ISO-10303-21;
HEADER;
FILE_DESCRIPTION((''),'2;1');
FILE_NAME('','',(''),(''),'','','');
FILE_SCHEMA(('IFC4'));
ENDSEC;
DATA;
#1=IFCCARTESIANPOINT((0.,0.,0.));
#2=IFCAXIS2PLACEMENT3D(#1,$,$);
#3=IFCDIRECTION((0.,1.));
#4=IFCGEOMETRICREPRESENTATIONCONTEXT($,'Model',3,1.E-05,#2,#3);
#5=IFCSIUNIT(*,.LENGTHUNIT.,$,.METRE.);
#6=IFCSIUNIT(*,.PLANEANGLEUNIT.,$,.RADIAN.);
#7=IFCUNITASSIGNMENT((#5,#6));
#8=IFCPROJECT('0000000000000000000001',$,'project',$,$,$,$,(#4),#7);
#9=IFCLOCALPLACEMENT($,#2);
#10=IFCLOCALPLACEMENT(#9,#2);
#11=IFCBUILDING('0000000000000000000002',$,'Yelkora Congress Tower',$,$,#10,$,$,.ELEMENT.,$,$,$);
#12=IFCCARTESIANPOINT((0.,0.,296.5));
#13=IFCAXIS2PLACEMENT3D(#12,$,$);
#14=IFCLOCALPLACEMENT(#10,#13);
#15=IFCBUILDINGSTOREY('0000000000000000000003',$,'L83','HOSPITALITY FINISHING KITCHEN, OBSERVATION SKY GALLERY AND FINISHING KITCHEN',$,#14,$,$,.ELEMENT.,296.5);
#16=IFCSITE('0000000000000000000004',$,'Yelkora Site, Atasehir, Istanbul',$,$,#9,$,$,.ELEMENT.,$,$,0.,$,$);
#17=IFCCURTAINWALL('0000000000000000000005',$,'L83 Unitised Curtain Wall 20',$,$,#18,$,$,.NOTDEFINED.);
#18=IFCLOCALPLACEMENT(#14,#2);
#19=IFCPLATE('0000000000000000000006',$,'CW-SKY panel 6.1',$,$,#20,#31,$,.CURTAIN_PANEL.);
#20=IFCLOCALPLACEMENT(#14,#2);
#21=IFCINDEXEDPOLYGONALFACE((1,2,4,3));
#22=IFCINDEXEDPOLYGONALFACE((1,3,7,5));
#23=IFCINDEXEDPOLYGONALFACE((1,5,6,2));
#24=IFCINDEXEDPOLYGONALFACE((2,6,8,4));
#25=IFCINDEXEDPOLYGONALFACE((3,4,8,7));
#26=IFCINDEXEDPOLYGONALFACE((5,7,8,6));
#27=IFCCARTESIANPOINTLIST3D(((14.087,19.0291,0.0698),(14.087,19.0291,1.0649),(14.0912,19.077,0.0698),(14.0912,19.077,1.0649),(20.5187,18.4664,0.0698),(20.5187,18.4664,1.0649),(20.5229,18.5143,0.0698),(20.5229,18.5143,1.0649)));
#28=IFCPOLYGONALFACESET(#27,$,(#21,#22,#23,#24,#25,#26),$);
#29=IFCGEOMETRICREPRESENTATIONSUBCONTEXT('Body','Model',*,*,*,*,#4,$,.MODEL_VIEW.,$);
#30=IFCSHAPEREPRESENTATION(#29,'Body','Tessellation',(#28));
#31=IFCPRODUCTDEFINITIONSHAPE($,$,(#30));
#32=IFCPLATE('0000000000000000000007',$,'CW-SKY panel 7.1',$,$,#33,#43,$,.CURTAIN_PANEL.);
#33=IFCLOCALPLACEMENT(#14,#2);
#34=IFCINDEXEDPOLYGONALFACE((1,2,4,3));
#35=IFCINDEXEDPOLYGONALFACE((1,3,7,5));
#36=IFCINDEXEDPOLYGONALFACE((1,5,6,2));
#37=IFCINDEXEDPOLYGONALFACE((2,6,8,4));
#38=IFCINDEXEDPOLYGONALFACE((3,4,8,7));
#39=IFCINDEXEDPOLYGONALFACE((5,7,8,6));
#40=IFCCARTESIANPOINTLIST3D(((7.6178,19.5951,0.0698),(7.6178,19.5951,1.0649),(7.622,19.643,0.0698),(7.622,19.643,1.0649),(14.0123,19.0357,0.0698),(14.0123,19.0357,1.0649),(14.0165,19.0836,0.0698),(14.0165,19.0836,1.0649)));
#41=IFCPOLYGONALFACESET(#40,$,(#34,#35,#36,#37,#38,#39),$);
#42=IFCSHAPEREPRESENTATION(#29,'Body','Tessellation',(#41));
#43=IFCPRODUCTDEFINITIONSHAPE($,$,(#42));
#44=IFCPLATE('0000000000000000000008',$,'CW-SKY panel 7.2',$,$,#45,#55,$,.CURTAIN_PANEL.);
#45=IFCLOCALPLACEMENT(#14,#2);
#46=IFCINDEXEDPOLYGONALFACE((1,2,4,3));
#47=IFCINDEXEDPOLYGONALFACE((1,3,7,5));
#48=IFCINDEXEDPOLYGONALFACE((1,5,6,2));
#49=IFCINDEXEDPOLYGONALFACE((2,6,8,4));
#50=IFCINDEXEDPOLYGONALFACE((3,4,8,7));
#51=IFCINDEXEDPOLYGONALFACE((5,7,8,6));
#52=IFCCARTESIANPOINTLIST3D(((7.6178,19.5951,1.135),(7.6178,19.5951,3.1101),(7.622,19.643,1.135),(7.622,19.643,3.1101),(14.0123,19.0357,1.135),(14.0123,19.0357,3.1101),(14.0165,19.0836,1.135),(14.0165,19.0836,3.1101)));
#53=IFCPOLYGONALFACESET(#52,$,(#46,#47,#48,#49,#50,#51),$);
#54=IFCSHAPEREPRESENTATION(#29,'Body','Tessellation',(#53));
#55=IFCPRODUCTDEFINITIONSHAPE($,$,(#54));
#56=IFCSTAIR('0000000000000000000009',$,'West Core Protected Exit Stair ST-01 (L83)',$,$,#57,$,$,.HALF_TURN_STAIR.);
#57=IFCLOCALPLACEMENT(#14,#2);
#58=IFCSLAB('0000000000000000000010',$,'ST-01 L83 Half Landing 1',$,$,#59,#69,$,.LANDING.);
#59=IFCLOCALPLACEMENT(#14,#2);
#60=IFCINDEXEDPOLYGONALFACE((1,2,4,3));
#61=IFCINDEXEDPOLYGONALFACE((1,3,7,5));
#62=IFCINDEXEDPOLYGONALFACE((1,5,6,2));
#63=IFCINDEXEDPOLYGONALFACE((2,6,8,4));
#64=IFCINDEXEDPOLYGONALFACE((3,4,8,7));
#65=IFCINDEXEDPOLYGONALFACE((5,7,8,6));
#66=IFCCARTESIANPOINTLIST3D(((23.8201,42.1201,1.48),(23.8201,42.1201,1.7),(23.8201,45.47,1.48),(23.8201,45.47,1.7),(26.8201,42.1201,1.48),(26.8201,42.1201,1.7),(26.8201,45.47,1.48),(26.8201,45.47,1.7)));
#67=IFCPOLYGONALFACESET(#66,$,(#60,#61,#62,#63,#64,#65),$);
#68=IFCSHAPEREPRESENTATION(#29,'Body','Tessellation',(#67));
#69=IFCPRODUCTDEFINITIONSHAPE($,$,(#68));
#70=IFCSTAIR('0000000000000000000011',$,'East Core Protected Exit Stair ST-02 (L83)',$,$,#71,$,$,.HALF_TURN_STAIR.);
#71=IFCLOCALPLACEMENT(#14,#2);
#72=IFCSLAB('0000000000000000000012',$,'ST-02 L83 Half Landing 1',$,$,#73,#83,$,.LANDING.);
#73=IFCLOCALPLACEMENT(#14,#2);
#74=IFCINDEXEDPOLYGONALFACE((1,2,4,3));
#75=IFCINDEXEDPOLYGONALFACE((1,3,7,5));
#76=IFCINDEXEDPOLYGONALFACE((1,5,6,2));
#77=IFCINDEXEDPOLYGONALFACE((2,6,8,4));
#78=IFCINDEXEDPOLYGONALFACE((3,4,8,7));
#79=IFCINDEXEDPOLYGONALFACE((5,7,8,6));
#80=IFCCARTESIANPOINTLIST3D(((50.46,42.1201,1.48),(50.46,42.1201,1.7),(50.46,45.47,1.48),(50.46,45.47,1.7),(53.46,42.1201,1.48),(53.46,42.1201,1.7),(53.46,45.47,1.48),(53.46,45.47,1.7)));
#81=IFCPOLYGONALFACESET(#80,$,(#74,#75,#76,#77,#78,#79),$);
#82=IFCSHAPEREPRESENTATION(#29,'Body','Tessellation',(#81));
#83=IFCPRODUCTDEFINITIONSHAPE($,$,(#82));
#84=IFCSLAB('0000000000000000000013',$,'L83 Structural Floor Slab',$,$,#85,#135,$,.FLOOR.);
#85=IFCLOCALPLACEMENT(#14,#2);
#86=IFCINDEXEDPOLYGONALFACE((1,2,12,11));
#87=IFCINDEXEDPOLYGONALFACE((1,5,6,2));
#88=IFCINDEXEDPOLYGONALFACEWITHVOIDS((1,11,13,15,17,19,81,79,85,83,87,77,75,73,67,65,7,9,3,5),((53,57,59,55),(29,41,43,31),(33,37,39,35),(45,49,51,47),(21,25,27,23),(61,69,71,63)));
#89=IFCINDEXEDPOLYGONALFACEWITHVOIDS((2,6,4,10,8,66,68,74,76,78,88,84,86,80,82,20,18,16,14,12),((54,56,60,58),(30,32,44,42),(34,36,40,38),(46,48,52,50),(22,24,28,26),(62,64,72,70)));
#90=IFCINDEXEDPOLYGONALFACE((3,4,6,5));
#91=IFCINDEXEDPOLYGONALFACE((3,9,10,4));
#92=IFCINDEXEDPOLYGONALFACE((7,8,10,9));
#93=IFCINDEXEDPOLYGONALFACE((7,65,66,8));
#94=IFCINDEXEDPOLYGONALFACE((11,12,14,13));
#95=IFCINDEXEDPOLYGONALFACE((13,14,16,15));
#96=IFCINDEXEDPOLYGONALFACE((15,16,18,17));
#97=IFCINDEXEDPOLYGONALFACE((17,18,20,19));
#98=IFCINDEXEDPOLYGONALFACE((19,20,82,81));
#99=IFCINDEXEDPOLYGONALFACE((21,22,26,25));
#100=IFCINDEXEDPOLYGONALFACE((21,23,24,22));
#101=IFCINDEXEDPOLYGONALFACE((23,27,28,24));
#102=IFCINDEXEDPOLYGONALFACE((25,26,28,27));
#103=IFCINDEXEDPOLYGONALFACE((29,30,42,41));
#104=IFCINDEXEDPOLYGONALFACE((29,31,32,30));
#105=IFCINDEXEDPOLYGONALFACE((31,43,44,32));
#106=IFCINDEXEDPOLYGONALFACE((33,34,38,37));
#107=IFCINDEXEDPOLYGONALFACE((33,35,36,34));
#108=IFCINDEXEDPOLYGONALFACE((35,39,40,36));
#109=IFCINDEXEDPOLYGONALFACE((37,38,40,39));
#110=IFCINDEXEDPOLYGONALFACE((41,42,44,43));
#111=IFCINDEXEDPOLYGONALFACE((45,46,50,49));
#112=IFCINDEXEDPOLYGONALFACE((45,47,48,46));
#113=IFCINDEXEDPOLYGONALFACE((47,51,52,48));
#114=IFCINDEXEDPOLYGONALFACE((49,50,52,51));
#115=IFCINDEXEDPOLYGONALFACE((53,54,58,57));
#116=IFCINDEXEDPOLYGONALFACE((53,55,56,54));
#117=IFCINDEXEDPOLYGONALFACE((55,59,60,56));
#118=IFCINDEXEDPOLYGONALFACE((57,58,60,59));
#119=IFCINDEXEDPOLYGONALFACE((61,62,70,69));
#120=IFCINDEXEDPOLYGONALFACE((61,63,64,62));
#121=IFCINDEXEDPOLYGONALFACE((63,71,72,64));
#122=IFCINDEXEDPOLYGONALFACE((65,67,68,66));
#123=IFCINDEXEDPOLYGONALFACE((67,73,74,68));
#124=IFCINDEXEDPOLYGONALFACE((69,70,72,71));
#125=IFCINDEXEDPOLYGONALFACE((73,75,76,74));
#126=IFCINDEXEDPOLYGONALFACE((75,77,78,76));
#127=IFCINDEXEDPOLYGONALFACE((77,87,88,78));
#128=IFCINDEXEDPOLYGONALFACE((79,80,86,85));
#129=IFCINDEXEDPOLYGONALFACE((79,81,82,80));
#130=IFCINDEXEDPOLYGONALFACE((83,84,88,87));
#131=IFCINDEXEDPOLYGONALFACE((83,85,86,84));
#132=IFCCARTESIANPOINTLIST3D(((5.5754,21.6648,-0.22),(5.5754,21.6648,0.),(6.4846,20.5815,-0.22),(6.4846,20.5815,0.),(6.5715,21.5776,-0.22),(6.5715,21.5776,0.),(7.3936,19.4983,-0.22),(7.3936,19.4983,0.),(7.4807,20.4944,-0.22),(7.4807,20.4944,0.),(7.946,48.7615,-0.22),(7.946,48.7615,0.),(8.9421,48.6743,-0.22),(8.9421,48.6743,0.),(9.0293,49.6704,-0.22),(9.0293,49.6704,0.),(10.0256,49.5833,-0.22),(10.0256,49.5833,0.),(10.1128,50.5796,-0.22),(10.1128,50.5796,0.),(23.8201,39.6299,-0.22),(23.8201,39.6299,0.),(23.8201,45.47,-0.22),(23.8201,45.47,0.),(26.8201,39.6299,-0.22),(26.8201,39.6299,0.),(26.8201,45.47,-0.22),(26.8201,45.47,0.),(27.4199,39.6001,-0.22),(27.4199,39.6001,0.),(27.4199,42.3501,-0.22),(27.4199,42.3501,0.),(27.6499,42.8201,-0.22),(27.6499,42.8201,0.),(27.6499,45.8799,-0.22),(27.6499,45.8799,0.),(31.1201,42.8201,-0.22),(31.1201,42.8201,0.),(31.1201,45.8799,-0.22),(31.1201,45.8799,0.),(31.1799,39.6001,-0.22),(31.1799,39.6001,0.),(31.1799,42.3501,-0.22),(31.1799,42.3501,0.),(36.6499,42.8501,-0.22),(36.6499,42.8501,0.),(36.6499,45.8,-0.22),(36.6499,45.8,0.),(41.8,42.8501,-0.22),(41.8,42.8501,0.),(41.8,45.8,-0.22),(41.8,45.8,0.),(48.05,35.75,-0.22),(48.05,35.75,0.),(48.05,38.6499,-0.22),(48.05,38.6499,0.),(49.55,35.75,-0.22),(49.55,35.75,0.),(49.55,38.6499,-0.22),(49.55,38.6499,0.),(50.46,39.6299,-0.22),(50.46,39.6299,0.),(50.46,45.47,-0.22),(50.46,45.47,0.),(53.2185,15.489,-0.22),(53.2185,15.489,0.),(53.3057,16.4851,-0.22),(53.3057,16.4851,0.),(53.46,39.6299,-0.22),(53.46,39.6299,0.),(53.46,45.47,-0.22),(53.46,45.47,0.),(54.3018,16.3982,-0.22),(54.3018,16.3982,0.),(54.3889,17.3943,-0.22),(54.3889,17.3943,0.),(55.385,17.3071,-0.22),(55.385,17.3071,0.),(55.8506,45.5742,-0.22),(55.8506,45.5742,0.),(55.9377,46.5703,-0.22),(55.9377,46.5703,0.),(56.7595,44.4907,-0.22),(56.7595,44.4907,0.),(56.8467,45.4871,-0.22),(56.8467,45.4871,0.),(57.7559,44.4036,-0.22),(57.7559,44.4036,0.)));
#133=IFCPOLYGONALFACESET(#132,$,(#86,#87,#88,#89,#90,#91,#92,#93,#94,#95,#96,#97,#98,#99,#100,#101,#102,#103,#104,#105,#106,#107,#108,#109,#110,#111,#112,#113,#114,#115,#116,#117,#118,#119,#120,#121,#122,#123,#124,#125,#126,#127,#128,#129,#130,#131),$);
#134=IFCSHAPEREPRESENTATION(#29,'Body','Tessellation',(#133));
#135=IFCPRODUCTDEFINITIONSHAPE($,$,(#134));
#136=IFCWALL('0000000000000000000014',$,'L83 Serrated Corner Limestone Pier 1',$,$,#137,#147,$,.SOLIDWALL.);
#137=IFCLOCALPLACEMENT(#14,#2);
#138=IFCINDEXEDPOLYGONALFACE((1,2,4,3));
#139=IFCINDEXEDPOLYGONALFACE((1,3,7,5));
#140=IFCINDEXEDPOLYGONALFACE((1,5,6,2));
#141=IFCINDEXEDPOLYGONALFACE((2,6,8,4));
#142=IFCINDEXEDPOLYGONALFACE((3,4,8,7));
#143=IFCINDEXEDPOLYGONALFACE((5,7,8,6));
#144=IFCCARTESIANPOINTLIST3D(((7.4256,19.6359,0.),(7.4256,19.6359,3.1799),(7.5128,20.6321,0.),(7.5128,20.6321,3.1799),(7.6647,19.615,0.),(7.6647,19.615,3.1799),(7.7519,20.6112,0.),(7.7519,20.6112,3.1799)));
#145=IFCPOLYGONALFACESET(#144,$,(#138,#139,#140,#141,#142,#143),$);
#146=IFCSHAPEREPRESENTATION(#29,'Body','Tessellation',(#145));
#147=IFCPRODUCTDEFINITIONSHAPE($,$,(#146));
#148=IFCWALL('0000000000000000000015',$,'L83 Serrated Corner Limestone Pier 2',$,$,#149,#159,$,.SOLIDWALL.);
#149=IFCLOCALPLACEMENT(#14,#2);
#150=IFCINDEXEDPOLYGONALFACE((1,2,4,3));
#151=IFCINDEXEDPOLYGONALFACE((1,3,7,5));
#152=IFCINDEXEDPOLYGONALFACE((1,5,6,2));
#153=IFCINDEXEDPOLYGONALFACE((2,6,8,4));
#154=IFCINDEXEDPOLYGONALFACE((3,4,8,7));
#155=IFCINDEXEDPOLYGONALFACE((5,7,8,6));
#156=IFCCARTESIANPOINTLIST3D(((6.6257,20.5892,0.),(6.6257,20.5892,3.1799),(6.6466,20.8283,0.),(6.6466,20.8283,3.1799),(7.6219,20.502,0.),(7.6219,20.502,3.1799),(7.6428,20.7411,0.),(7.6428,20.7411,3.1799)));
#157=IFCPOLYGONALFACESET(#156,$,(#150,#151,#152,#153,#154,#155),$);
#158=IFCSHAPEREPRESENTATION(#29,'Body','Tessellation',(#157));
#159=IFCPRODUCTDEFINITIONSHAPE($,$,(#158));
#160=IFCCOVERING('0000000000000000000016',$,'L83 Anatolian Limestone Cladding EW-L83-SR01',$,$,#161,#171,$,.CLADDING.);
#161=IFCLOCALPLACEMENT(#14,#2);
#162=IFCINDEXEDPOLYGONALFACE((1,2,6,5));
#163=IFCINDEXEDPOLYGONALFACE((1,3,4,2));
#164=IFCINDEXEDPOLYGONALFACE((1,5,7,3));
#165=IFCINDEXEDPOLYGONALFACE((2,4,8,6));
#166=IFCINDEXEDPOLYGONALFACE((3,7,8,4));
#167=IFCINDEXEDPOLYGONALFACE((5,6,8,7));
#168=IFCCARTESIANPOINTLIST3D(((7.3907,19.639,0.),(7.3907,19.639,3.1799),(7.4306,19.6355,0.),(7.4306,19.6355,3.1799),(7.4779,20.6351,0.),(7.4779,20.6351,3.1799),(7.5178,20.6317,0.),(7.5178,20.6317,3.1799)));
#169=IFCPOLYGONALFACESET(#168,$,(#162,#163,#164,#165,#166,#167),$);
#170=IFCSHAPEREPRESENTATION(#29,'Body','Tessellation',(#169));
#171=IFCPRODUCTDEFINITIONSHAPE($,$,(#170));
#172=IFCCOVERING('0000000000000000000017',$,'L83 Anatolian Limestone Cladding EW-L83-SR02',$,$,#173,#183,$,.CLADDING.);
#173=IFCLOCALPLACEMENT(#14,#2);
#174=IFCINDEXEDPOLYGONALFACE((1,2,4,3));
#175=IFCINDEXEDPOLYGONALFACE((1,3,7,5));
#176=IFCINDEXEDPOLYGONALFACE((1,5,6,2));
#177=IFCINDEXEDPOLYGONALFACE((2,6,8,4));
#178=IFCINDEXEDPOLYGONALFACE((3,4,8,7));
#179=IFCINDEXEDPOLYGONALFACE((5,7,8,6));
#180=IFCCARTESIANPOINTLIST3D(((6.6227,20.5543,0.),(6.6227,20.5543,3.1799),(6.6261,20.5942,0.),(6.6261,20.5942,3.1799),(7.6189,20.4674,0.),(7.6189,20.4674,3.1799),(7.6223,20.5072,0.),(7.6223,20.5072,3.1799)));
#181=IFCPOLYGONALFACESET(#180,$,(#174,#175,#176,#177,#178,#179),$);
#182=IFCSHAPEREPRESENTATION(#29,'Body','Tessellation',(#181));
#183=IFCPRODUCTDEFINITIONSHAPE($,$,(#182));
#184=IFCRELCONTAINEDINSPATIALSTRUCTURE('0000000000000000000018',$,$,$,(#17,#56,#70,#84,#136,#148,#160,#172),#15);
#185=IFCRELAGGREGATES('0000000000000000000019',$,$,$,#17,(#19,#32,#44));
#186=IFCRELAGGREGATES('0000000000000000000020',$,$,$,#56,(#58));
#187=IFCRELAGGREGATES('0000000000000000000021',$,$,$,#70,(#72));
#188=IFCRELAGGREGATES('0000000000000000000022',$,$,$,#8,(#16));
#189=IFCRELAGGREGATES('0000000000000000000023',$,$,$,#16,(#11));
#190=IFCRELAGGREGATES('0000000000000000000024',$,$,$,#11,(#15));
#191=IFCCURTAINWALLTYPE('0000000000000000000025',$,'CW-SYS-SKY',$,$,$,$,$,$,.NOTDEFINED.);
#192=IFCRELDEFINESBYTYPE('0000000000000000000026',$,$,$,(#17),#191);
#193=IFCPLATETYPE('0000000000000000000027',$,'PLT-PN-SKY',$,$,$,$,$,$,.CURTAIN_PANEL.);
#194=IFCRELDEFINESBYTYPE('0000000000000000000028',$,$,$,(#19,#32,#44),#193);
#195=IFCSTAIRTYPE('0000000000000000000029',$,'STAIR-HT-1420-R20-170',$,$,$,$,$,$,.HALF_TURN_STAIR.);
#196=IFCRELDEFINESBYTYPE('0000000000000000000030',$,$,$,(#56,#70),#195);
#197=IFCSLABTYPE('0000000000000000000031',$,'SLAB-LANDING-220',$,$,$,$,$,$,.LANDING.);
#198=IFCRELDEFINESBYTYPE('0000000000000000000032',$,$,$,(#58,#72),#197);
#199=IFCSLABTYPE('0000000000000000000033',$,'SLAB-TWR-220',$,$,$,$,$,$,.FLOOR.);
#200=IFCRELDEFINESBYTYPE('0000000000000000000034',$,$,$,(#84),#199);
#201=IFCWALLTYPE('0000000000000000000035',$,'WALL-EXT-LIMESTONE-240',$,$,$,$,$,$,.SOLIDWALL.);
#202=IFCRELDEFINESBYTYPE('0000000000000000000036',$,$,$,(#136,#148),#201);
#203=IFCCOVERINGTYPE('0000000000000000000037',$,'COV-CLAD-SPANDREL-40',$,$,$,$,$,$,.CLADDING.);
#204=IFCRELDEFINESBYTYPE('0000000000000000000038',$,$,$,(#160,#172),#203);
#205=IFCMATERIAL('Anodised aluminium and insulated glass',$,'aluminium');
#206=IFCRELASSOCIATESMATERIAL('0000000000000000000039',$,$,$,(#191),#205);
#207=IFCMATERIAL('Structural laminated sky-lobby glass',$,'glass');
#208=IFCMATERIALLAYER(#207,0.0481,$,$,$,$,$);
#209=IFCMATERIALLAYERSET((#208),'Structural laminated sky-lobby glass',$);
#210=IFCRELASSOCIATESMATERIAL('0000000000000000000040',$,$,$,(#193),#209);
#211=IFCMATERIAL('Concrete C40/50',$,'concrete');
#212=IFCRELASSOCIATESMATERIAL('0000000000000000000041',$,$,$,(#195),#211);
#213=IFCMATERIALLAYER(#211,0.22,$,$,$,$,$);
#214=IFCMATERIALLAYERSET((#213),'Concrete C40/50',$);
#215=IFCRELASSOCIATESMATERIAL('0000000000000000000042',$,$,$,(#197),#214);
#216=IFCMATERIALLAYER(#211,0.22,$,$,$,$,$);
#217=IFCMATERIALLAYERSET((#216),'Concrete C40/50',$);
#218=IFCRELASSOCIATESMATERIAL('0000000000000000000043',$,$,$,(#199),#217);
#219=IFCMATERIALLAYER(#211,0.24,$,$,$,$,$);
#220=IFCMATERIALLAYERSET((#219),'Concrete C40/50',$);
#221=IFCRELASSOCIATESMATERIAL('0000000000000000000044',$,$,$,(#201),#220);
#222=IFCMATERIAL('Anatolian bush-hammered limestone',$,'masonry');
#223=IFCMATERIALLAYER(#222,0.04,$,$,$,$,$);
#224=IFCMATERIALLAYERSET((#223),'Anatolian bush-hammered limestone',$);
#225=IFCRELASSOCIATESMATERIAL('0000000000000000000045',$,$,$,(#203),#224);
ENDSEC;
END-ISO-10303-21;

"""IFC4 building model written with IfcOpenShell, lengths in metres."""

from ifc_helpers import new_model, si_unit, direction, frame, frame_2d, origin, origin_2d, place, context, subcontext, project, spatial, polyline, rectangle, outline, extrude, material, layer, layer_set, type_object, element, aggregate, save


model = new_model("IFC4")

# Units and contexts
model_context = context("Model", 3, precision=1e-05, world=origin(), true_north=direction((0.0, 1.0)))
body_context = subcontext(model_context, "Body", "Model", "MODEL_VIEW")
ifc_project = project(units=[si_unit("LENGTHUNIT", "METRE"), si_unit("PLANEANGLEUNIT", "RADIAN")], contexts=[model_context])

# Site, building, storey
site_placement = place(None, origin())
site = spatial("IfcSite", under=ifc_project, at=site_placement, Name="Yelkora Site, Atasehir, Istanbul", CompositionType="ELEMENT", RefElevation=0.0)
building_placement = place(site_placement, origin())
building = spatial("IfcBuilding", under=site, at=building_placement, Name="Yelkora Congress Tower", CompositionType="ELEMENT")
storey_placement = place(building_placement, frame((0.0, 0.0, 296.5)))
storey = spatial("IfcBuildingStorey", under=building, at=storey_placement, Name="L83", Description="HOSPITALITY FINISHING KITCHEN, OBSERVATION SKY GALLERY AND FINISHING KITCHEN", CompositionType="ELEMENT", Elevation=296.5)

# Curtain wall, plates
ifc_material_1 = material(Name="Anodised aluminium and insulated glass", Category="aluminium")
curtain_wall_type = type_object("IfcCurtainWallType", Name="CW-SYS-SKY", PredefinedType="NOTDEFINED", material=ifc_material_1)
curtain_wall_placement = place(storey_placement, origin())
curtain_wall = element("IfcCurtainWall", 1, at=curtain_wall_placement, inside=storey, type_object=curtain_wall_type, Name="L83 Unitised Curtain Wall 20", PredefinedType="NOTDEFINED")
ifc_material_2 = material(Name="Structural laminated sky-lobby glass", Category="glass")
ifc_layer_1 = layer(ifc_material_2, 0.0481)
ifc_layer_set_1 = layer_set([ifc_layer_1], Name="Structural laminated sky-lobby glass")
plate_type = type_object("IfcPlateType", Name="PLT-PN-SKY", PredefinedType="CURTAIN_PANEL", material=ifc_layer_set_1)
plate_1_placement = place(storey_placement, frame((17.3049, 18.7717, 0.0698), z_axis=(0.0, 0.0, 1.0), x_axis=(-0.996195, 0.087157, 0.0)))
plate_1 = element("IfcPlate", 2, at=plate_1_placement, type_object=plate_type, Name="CW-SKY panel 6.1", PredefinedType="CURTAIN_PANEL", context=body_context, shape_type="SweptSolid", body=[
    extrude(rectangle(XDim=6.4563, YDim=0.0481, at=origin_2d()), origin(), (0.0, 0.0, 1.0), 0.9951),
])
plate_2_placement = place(storey_placement, frame((10.8171, 19.3394, 0.0698), z_axis=(0.0, 0.0, 1.0), x_axis=(-0.996195, 0.087157, 0.0)))
plate_2 = element("IfcPlate", 3, at=plate_2_placement, type_object=plate_type, Name="CW-SKY panel 7.1", PredefinedType="CURTAIN_PANEL", context=body_context, shape_type="SweptSolid", body=[
    extrude(rectangle(XDim=6.4189, YDim=0.0481, at=origin_2d()), origin(), (0.0, 0.0, 1.0), 0.9951),
])
plate_3_placement = place(storey_placement, frame((10.8171, 19.3394, 1.135), z_axis=(0.0, 0.0, 1.0), x_axis=(-0.996195, 0.087157, 0.0)))
plate_3 = element("IfcPlate", 4, at=plate_3_placement, type_object=plate_type, Name="CW-SKY panel 7.2", PredefinedType="CURTAIN_PANEL", context=body_context, shape_type="SweptSolid", body=[
    extrude(rectangle(XDim=6.4189, YDim=0.0481, at=origin_2d()), origin(), (0.0, 0.0, 1.0), 1.9751),
])
aggregate(curtain_wall, [plate_1, plate_2, plate_3])

# Stairs, slabs
ifc_material_3 = material(Name="Concrete C40/50", Category="concrete")
stair_type = type_object("IfcStairType", Name="STAIR-HT-1420-R20-170", PredefinedType="HALF_TURN_STAIR", material=ifc_material_3)
stair_1_placement = place(storey_placement, origin())
stair_1 = element("IfcStair", 5, at=stair_1_placement, inside=storey, type_object=stair_type, Name="West Core Protected Exit Stair ST-01 (L83)", PredefinedType="HALF_TURN_STAIR")
ifc_layer_2 = layer(ifc_material_3, 0.22)
ifc_layer_set_2 = layer_set([ifc_layer_2], Name="Concrete C40/50")
slab_type_1 = type_object("IfcSlabType", Name="SLAB-LANDING-220", PredefinedType="LANDING", material=ifc_layer_set_2)
slab_1_placement = place(storey_placement, frame((0.0, 0.0, 1.48)))
slab_1 = element("IfcSlab", 6, at=slab_1_placement, type_object=slab_type_1, Name="ST-01 L83 Half Landing 1", PredefinedType="LANDING", context=body_context, shape_type="SweptSolid", body=[
    extrude(outline(polyline([(26.8201, 42.1201), (26.8201, 45.47), (23.8201, 45.47), (23.8201, 42.1201), (26.8201, 42.1201)])), origin(), (0.0, 0.0, 1.0), 0.22),
])
aggregate(stair_1, [slab_1])
stair_2_placement = place(storey_placement, origin())
stair_2 = element("IfcStair", 7, at=stair_2_placement, inside=storey, type_object=stair_type, Name="East Core Protected Exit Stair ST-02 (L83)", PredefinedType="HALF_TURN_STAIR")
slab_2_placement = place(storey_placement, frame((0.0, 0.0, 1.48)))
slab_2 = element("IfcSlab", 8, at=slab_2_placement, type_object=slab_type_1, Name="ST-02 L83 Half Landing 1", PredefinedType="LANDING", context=body_context, shape_type="SweptSolid", body=[
    extrude(outline(polyline([(53.46, 42.1201), (53.46, 45.47), (50.46, 45.47), (50.46, 42.1201), (53.46, 42.1201)])), origin(), (0.0, 0.0, 1.0), 0.22),
])
aggregate(stair_2, [slab_2])

# Slab
ifc_layer_3 = layer(ifc_material_3, 0.22)
ifc_layer_set_3 = layer_set([ifc_layer_3], Name="Concrete C40/50")
slab_type_2 = type_object("IfcSlabType", Name="SLAB-TWR-220", PredefinedType="FLOOR", material=ifc_layer_set_3)
slab_3_placement = place(storey_placement, frame((0.0, 0.0, -0.22)))
element("IfcSlab", 9, at=slab_3_placement, inside=storey, type_object=slab_type_2, Name="L83 Structural Floor Slab", PredefinedType="FLOOR", context=body_context, shape_type="SweptSolid", body=[
    extrude(outline(polyline([(7.3936, 19.4983), (53.2185, 15.489), (53.3057, 16.4851), (54.3018, 16.3982), (54.3889, 17.3943), (55.385, 17.3071), (57.7559, 44.4036), (56.7595, 44.4907), (56.8467, 45.4871), (55.8506, 45.5742), (55.9377, 46.5703), (10.1128, 50.5796), (10.0256, 49.5833), (9.0293, 49.6704), (8.9421, 48.6743), (7.946, 48.7615), (5.5754, 21.6648), (6.5715, 21.5776), (6.4846, 20.5815), (7.4807, 20.4944), (7.3936, 19.4983)]), holes=[polyline([(23.8201, 39.6299), (26.8201, 39.6299), (26.8201, 45.47), (23.8201, 45.47), (23.8201, 39.6299)]), polyline([(50.46, 39.6299), (53.46, 39.6299), (53.46, 45.47), (50.46, 45.47), (50.46, 39.6299)]), polyline([(48.05, 35.75), (49.55, 35.75), (49.55, 38.6499), (48.05, 38.6499), (48.05, 35.75)]), polyline([(36.6499, 42.8501), (41.8, 42.8501), (41.8, 45.8), (36.6499, 45.8), (36.6499, 42.8501)]), polyline([(27.4199, 39.6001), (31.1799, 39.6001), (31.1799, 42.3501), (27.4199, 42.3501), (27.4199, 39.6001)]), polyline([(27.6499, 42.8201), (31.1201, 42.8201), (31.1201, 45.8799), (27.6499, 45.8799), (27.6499, 42.8201)])]), origin(), (0.0, 0.0, 1.0), 0.22),
])

# Walls
ifc_layer_4 = layer(ifc_material_3, 0.24)
ifc_layer_set_4 = layer_set([ifc_layer_4], Name="Concrete C40/50")
wall_type = type_object("IfcWallType", Name="WALL-EXT-LIMESTONE-240", PredefinedType="SOLIDWALL", material=ifc_layer_set_4)
for number, where, z_axis, x_axis, name in (
    (10, (7.5452, 19.6255, 0.0), (0.0, 0.0, 1.0), (0.087167, 0.996194, 0.0), "L83 Serrated Corner Limestone Pier 1"),
    (11, (7.6323, 20.6216, 0.0), (0.0, 0.0, 1.0), (-0.996194, 0.087167, 0.0), "L83 Serrated Corner Limestone Pier 2"),
):
    element("IfcWall", number, at=place(storey_placement, frame(where, z_axis=z_axis, x_axis=x_axis)), inside=storey, type_object=wall_type, Name=name, PredefinedType="SOLIDWALL", context=body_context, shape_type="SweptSolid", body=[
        extrude(rectangle(XDim=1.0, YDim=0.24, at=frame_2d((0.5, 0.0))), origin(), (0.0, 0.0, 1.0), 3.1799),
    ])

# Coverings
ifc_material_4 = material(Name="Anatolian bush-hammered limestone", Category="masonry")
ifc_layer_5 = layer(ifc_material_4, 0.04)
ifc_layer_set_5 = layer_set([ifc_layer_5], Name="Anatolian bush-hammered limestone")
covering_type = type_object("IfcCoveringType", Name="COV-CLAD-SPANDREL-40", PredefinedType="CLADDING", material=ifc_layer_set_5)
for number, where, z_axis, x_axis, name in (
    (12, (7.4106, 19.6372, 0.0), (0.0, 0.0, 1.0), (0.087167, 0.996194, 0.0), "L83 Anatolian Limestone Cladding EW-L83-SR01"),
    (13, (7.6206, 20.4873, 0.0), (0.0, 0.0, 1.0), (-0.996215, 0.086925, 0.0), "L83 Anatolian Limestone Cladding EW-L83-SR02"),
):
    element("IfcCovering", number, at=place(storey_placement, frame(where, z_axis=z_axis, x_axis=x_axis)), inside=storey, type_object=covering_type, Name=name, PredefinedType="CLADDING", context=body_context, shape_type="SweptSolid", body=[
        extrude(rectangle(XDim=1.0, YDim=0.04, at=frame_2d((0.5, 0.0))), origin(), (0.0, 0.0, 1.0), 3.1799),
    ])

save(model, "model.ifc")
